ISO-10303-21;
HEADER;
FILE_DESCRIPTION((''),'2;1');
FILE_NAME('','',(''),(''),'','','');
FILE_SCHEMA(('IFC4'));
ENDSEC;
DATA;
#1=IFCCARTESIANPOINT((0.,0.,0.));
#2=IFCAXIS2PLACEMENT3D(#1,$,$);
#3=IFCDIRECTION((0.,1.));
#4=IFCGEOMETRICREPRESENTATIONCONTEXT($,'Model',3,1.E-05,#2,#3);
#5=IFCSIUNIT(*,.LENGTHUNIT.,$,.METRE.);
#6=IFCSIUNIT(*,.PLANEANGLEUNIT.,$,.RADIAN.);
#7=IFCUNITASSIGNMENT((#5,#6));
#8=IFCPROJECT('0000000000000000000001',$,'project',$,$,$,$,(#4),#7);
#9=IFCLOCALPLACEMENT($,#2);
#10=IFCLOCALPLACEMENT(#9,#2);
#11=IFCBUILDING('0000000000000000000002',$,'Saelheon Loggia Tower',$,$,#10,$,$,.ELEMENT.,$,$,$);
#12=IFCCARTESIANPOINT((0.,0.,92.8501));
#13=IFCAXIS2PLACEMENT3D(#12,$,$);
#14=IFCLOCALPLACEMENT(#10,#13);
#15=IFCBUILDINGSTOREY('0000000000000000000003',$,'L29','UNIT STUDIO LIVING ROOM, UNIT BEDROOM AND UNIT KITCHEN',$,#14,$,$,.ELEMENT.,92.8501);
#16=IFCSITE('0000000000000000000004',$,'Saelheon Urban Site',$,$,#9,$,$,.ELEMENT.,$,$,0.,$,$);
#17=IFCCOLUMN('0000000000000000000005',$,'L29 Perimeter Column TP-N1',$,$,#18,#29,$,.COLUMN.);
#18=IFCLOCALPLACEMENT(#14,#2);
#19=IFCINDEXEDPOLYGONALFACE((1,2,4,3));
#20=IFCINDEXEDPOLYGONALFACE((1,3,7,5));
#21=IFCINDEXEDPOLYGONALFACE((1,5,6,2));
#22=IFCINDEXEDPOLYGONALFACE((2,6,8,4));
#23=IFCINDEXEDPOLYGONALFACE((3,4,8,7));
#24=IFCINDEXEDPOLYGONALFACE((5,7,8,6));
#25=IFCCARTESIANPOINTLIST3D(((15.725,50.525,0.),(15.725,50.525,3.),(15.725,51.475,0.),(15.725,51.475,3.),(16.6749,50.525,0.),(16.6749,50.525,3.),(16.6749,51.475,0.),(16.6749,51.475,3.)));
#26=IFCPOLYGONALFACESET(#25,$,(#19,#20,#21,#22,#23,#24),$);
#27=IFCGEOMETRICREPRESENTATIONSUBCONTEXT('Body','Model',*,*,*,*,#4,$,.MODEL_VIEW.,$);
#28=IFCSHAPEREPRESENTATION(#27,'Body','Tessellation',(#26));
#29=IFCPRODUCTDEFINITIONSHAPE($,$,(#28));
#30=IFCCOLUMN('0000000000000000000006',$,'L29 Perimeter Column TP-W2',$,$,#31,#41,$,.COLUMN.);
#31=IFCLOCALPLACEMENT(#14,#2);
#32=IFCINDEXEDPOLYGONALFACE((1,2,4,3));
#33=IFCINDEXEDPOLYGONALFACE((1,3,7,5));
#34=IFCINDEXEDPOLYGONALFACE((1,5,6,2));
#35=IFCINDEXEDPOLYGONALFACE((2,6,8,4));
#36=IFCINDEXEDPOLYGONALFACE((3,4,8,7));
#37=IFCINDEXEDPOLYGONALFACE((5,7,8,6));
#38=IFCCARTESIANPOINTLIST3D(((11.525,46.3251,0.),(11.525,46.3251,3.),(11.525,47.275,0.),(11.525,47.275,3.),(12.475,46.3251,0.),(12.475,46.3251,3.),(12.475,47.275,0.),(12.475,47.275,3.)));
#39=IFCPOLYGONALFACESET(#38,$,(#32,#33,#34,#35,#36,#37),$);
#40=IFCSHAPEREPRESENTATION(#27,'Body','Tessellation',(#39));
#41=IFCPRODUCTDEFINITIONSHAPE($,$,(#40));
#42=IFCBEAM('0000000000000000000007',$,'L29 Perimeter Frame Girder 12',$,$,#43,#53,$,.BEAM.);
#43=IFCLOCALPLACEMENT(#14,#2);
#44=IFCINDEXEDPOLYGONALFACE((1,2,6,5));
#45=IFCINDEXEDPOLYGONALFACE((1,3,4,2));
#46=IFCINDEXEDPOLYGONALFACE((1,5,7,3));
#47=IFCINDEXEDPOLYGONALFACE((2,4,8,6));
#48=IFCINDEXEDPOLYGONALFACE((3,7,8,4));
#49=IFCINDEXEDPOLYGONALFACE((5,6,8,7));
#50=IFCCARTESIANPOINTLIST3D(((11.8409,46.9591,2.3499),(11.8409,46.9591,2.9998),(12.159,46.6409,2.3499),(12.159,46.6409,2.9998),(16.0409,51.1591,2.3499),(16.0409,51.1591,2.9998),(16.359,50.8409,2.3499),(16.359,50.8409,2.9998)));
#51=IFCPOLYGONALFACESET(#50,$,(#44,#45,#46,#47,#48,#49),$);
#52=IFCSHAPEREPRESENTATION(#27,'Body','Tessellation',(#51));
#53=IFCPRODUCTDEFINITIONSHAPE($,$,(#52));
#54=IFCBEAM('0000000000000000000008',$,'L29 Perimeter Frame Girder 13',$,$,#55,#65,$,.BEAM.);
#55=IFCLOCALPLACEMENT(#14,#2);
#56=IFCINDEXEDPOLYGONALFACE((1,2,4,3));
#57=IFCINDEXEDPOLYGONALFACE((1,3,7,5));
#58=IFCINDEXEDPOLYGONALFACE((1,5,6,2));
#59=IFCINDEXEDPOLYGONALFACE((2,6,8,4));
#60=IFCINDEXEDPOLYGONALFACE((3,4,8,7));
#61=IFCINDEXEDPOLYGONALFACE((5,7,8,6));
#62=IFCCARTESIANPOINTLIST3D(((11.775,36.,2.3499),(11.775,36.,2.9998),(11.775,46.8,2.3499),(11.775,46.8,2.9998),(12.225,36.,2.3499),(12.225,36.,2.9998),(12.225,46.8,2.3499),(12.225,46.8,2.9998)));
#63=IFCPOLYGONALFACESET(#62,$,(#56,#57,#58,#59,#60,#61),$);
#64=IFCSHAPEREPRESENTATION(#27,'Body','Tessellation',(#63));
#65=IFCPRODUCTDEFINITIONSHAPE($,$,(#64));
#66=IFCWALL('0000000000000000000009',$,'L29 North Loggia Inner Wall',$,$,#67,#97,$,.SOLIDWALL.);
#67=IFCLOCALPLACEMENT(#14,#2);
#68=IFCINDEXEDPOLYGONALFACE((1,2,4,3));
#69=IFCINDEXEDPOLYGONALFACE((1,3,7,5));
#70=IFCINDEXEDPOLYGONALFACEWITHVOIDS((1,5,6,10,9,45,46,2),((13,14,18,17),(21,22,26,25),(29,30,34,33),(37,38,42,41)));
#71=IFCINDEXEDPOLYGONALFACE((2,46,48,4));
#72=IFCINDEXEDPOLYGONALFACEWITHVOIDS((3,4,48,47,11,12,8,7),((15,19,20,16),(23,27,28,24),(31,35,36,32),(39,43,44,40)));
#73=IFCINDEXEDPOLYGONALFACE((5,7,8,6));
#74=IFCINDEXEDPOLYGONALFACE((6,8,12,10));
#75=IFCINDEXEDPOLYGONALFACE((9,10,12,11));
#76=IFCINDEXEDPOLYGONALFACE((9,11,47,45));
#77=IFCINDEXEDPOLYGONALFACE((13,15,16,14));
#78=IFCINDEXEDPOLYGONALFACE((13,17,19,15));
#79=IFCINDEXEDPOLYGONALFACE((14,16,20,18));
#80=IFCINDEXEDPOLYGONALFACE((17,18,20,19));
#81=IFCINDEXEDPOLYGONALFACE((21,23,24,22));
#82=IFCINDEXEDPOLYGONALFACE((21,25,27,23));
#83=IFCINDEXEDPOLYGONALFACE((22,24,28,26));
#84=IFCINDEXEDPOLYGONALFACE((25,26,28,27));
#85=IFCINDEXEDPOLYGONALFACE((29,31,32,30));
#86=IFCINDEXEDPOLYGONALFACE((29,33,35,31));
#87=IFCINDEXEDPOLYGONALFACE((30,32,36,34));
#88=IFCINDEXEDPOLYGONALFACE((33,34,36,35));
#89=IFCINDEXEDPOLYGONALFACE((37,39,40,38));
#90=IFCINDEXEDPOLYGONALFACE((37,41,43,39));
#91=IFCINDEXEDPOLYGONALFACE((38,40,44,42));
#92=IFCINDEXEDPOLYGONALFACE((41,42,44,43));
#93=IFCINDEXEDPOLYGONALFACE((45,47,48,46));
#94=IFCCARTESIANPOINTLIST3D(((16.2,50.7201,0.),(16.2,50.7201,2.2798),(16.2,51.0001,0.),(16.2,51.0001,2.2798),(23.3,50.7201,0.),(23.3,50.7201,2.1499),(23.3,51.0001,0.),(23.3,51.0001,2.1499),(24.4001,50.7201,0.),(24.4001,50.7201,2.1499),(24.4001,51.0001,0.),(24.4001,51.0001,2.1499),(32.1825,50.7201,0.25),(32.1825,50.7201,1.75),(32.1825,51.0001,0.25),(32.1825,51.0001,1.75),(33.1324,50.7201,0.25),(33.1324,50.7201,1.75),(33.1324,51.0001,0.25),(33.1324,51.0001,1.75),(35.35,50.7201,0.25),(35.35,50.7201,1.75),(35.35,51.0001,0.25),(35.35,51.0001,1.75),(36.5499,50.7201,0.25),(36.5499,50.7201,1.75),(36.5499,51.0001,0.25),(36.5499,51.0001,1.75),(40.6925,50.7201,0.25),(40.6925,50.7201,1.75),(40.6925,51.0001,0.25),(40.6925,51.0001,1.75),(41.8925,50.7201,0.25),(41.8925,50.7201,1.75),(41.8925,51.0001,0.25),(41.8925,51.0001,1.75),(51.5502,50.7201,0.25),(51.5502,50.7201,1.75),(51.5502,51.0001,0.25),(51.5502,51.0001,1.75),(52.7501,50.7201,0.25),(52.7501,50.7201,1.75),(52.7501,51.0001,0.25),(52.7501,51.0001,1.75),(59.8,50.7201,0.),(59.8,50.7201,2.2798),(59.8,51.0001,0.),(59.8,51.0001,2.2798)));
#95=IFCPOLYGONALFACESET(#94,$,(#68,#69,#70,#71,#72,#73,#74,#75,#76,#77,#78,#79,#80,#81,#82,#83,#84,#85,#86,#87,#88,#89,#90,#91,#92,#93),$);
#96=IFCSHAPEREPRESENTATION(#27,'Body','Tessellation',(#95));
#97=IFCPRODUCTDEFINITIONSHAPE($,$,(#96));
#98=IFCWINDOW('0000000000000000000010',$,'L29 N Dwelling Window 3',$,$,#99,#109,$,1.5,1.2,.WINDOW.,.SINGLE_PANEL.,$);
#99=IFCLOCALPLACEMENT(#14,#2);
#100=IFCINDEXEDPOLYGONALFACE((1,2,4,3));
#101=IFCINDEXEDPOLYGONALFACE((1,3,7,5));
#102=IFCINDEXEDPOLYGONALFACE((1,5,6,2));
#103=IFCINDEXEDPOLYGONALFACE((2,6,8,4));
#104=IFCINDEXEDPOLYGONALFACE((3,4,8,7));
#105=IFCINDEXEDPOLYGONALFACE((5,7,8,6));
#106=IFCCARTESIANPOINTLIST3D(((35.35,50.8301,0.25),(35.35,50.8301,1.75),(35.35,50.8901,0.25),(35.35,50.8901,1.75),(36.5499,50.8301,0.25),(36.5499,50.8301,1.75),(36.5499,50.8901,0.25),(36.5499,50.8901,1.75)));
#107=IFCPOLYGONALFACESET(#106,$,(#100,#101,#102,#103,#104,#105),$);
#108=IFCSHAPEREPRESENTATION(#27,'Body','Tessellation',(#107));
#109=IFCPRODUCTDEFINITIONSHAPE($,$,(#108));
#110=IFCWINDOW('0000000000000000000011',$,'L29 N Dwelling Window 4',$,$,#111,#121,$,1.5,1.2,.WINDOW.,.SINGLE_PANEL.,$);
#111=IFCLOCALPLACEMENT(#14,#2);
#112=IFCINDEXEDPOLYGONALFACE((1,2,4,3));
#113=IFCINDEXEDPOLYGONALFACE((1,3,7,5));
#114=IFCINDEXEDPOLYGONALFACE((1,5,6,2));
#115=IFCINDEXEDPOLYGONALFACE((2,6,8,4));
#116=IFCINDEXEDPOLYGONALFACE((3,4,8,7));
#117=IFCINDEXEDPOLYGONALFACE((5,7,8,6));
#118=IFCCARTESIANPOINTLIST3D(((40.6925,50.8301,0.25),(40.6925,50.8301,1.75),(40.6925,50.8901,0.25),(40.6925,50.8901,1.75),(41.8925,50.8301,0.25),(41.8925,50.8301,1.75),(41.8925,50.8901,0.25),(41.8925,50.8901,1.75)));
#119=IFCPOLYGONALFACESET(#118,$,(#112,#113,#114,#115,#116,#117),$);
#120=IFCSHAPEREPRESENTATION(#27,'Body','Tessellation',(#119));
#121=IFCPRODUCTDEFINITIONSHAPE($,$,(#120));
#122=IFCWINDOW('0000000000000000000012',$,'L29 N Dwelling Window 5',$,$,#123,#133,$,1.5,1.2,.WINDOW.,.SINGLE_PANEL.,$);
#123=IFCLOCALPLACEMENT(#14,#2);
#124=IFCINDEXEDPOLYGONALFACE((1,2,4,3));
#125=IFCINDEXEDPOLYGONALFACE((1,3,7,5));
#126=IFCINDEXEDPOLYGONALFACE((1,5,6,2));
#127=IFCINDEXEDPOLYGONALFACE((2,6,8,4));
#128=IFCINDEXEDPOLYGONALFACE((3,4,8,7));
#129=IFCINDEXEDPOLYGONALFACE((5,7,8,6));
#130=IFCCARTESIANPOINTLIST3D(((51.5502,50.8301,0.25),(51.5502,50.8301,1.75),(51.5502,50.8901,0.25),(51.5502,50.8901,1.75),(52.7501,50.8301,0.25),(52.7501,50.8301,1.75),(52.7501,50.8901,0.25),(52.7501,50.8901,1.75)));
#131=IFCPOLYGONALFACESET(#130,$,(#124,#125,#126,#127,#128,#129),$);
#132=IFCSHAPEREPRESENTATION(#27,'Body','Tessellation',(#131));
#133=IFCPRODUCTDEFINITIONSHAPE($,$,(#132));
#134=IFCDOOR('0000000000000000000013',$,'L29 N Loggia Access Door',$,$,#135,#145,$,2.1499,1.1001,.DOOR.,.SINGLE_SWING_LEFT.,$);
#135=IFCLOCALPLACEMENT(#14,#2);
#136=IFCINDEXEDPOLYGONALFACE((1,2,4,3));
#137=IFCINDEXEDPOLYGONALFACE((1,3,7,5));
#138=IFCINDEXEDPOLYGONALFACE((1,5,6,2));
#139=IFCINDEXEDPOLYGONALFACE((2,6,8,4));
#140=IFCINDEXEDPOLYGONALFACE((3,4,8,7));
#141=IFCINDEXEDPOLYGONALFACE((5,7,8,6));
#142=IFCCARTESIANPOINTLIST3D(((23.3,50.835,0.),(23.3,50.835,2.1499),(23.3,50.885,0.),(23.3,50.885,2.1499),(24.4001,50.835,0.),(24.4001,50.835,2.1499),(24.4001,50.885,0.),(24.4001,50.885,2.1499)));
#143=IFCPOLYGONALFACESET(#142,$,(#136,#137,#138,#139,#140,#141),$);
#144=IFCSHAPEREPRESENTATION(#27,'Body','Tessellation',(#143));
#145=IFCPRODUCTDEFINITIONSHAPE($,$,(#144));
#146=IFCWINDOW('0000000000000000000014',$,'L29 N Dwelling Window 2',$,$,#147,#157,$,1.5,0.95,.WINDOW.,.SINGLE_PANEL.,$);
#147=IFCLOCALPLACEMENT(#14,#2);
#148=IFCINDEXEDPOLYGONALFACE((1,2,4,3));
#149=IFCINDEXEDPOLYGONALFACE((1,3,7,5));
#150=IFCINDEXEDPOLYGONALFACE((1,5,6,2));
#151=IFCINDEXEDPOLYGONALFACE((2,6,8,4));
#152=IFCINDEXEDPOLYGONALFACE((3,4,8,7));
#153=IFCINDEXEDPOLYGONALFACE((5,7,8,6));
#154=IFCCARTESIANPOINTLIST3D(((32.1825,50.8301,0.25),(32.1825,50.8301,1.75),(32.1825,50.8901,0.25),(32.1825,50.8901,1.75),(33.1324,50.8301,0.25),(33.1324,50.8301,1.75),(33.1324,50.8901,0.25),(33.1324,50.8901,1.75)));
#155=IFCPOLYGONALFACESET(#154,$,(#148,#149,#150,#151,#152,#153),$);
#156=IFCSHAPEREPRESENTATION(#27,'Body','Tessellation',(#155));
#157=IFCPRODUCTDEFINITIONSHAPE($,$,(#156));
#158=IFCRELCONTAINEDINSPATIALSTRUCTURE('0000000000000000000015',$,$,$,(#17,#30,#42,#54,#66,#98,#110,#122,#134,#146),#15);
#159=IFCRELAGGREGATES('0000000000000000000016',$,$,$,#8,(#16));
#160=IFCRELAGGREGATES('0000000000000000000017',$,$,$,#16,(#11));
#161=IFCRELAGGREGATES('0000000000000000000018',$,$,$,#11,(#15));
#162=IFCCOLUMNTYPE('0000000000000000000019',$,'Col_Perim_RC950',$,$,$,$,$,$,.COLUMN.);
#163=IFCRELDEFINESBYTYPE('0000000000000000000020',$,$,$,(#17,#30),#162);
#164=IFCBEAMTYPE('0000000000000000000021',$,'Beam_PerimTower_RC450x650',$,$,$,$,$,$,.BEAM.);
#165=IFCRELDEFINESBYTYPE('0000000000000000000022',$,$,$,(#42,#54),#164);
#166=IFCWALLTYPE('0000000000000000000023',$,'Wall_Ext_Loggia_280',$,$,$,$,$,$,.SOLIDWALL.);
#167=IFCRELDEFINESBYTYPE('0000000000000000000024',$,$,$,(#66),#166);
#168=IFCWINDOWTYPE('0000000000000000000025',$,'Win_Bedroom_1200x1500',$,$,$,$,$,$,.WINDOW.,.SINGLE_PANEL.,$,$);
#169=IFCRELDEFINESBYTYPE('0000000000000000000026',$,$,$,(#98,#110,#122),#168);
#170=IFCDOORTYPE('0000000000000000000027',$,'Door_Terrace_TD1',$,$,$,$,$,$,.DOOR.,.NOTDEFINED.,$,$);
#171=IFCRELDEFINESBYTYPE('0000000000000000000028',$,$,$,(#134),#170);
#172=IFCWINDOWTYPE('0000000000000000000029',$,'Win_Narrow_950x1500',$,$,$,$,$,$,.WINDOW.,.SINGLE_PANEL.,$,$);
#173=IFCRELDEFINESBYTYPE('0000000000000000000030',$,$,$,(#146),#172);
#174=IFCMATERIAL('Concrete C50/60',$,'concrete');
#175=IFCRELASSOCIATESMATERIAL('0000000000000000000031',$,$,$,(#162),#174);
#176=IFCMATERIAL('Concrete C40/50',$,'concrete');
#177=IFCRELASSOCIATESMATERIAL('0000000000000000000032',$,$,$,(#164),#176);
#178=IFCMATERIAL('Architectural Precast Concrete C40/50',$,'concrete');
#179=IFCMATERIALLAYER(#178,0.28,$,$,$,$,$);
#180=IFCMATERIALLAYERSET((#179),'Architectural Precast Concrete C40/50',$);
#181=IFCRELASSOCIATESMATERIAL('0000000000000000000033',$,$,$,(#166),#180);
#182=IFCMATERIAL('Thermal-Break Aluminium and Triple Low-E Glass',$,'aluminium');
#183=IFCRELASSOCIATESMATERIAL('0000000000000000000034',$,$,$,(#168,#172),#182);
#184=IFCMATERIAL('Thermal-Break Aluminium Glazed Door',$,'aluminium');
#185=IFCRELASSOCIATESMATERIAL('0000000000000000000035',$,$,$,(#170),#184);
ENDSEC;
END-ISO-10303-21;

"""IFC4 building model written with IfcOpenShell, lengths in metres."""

from ifc_helpers import new_model, si_unit, direction, frame, frame_2d, origin, origin_2d, place, context, subcontext, project, spatial, rectangle, extrude, source, transform, mapped, material, layer, layer_set, material_profile, profile_set, type_object, element, fill, save


model = new_model("IFC4")

# Units and contexts
model_context = context("Model", 3, precision=1e-05, world=origin(), true_north=direction((0.0, 1.0)))
body_context = subcontext(model_context, "Body", "Model", "MODEL_VIEW")
ifc_project = project(units=[si_unit("LENGTHUNIT", "METRE"), si_unit("PLANEANGLEUNIT", "RADIAN")], contexts=[model_context])

# Site, building, storey
site_placement = place(None, origin())
site = spatial("IfcSite", under=ifc_project, at=site_placement, Name="Saelheon Urban Site", CompositionType="ELEMENT", RefElevation=0.0)
building_placement = place(site_placement, origin())
building = spatial("IfcBuilding", under=site, at=building_placement, Name="Saelheon Loggia Tower", CompositionType="ELEMENT")
storey_placement = place(building_placement, frame((0.0, 0.0, 92.8501)))
storey = spatial("IfcBuildingStorey", under=building, at=storey_placement, Name="L29", Description="UNIT STUDIO LIVING ROOM, UNIT BEDROOM AND UNIT KITCHEN", CompositionType="ELEMENT", Elevation=92.8501)

# Columns
ifc_material_1 = material(Name="Concrete C50/60", Category="concrete")
ifc_material_profile_1 = material_profile(ifc_material_1, rectangle(XDim=0.95, YDim=0.95, at=origin_2d()), Name="RC-950x950")
ifc_profile_set_1 = profile_set([ifc_material_profile_1], Name="Concrete C50/60")
column_type = type_object("IfcColumnType", Name="Col_Perim_RC950", PredefinedType="COLUMN", material=ifc_profile_set_1)
shared_shape_1 = source(origin(), body_context, "Body", "SweptSolid", [
    extrude(rectangle(XDim=0.95, YDim=0.95, at=origin_2d()), origin(), (0.0, 0.0, 1.0), 3.0),
])
for number, where, z_axis, x_axis, name in (
    (1, (16.2, 51.0, 0.0), (0.0, 0.0, 1.0), (1.0, 0.0, 0.0), "L29 Perimeter Column TP-N1"),
    (2, (12.0, 46.8, 0.0), (0.0, 0.0, 1.0), (1.0, 0.0, 0.0), "L29 Perimeter Column TP-W2"),
):
    element("IfcColumn", number, at=place(storey_placement, frame(where, z_axis=z_axis, x_axis=x_axis)), inside=storey, type_object=column_type, Name=name, PredefinedType="COLUMN", context=body_context, shape_type="MappedRepresentation", body=[
        mapped(shared_shape_1, transform((0.0, 0.0, 0.0), scale=1.0)),
    ])

# Beams
ifc_material_2 = material(Name="Concrete C40/50", Category="concrete")
ifc_material_profile_2 = material_profile(ifc_material_2, rectangle(XDim=0.45, YDim=0.6499, at=origin_2d()), Name="RC-450x650")
ifc_profile_set_2 = profile_set([ifc_material_profile_2], Name="Concrete C40/50")
beam_type = type_object("IfcBeamType", Name="Beam_PerimTower_RC450x650", PredefinedType="BEAM", material=ifc_profile_set_2)
shared_shape_2 = source(origin(), body_context, "Body", "SweptSolid", [
    extrude(rectangle(XDim=0.45, YDim=0.6499, at=origin_2d()), origin(), (0.0, 0.0, 1.0), 5.9397),
])
beam_1_placement = place(storey_placement, frame((16.2, 51.0, 2.6748), z_axis=(-0.707107, -0.707107, 0.0), x_axis=(0.707107, -0.707107, 0.0)))
element("IfcBeam", 3, at=beam_1_placement, inside=storey, type_object=beam_type, Name="L29 Perimeter Frame Girder 12", PredefinedType="BEAM", context=body_context, shape_type="MappedRepresentation", body=[
    mapped(shared_shape_2, transform((0.0, 0.0, 0.0), scale=1.0)),
])
shared_shape_3 = source(origin(), body_context, "Body", "SweptSolid", [
    extrude(rectangle(XDim=0.45, YDim=0.6499, at=origin_2d()), origin(), (0.0, 0.0, 1.0), 10.8),
])
beam_2_placement = place(storey_placement, frame((12.0, 46.8, 2.6748), z_axis=(0.0, -1.0, 0.0), x_axis=(1.0, 0.0, 0.0)))
element("IfcBeam", 4, at=beam_2_placement, inside=storey, type_object=beam_type, Name="L29 Perimeter Frame Girder 13", PredefinedType="BEAM", context=body_context, shape_type="MappedRepresentation", body=[
    mapped(shared_shape_3, transform((0.0, 0.0, 0.0), scale=1.0)),
])

# Wall, openings, windows, door
ifc_material_3 = material(Name="Architectural Precast Concrete C40/50", Category="concrete")
ifc_layer_1 = layer(ifc_material_3, 0.28)
ifc_layer_set_1 = layer_set([ifc_layer_1], Name="Architectural Precast Concrete C40/50")
wall_type_1 = type_object("IfcWallType", Name="Wall_Ext_Loggia_280", PredefinedType="SOLIDWALL", material=ifc_layer_set_1)
wall_1_placement = place(storey_placement, frame((16.2, 50.8601, 0.0), z_axis=(0.0, 0.0, 1.0), x_axis=(1.0, 0.0, 0.0)))
wall_1 = element("IfcWall", 5, at=wall_1_placement, inside=storey, type_object=wall_type_1, Name="L29 North Loggia Inner Wall", PredefinedType="SOLIDWALL", context=body_context, shape_type="SweptSolid", body=[
    extrude(rectangle(XDim=43.6001, YDim=0.28, at=frame_2d((21.8, 0.0))), origin(), (0.0, 0.0, 1.0), 2.2798),
])
opening_1_placement = place(wall_1_placement, frame((7.1001, 0.0, 0.0)))
opening_1 = element("IfcOpeningElement", 6, at=opening_1_placement, cuts=wall_1, PredefinedType="OPENING", context=body_context, shape_type="SweptSolid", body=[
    extrude(rectangle(XDim=1.1001, YDim=2.1499, at=frame_2d((0.55, 1.075))), frame((0.0, 0.1521, 0.0), z_axis=(0.0, -1.0, 0.0), x_axis=(1.0, 0.0, 0.0)), (0.0, 0.0, 1.0), 0.304),
])
opening_2_placement = place(wall_1_placement, frame((15.9824, 0.0, 0.25)))
opening_2 = element("IfcOpeningElement", 7, at=opening_2_placement, cuts=wall_1, PredefinedType="OPENING", context=body_context, shape_type="SweptSolid", body=[
    extrude(rectangle(XDim=0.95, YDim=1.5, at=frame_2d((0.4751, 0.75))), frame((0.0, 0.1521, 0.0), z_axis=(0.0, -1.0, 0.0), x_axis=(1.0, 0.0, 0.0)), (0.0, 0.0, 1.0), 0.304),
])
opening_3_placement = place(wall_1_placement, frame((19.1499, 0.0, 0.25)))
opening_3 = element("IfcOpeningElement", 8, at=opening_3_placement, cuts=wall_1, PredefinedType="OPENING", context=body_context, shape_type="SweptSolid", body=[
    extrude(rectangle(XDim=1.2, YDim=1.5, at=frame_2d((0.6001, 0.75))), frame((0.0, 0.1521, 0.0), z_axis=(0.0, -1.0, 0.0), x_axis=(1.0, 0.0, 0.0)), (0.0, 0.0, 1.0), 0.304),
])
opening_4_placement = place(wall_1_placement, frame((24.4924, 0.0, 0.25)))
opening_4 = element("IfcOpeningElement", 9, at=opening_4_placement, cuts=wall_1, PredefinedType="OPENING", context=body_context, shape_type="SweptSolid", body=[
    extrude(rectangle(XDim=1.2, YDim=1.5, at=frame_2d((0.6001, 0.75))), frame((0.0, 0.1521, 0.0), z_axis=(0.0, -1.0, 0.0), x_axis=(1.0, 0.0, 0.0)), (0.0, 0.0, 1.0), 0.304),
])
opening_5_placement = place(wall_1_placement, frame((35.3501, 0.0, 0.25)))
opening_5 = element("IfcOpeningElement", 10, at=opening_5_placement, cuts=wall_1, PredefinedType="OPENING", context=body_context, shape_type="SweptSolid", body=[
    extrude(rectangle(XDim=1.2, YDim=1.5, at=frame_2d((0.6001, 0.75))), frame((0.0, 0.1521, 0.0), z_axis=(0.0, -1.0, 0.0), x_axis=(1.0, 0.0, 0.0)), (0.0, 0.0, 1.0), 0.304),
])
ifc_material_4 = material(Name="Thermal-Break Aluminium and Triple Low-E Glass", Category="aluminium")
window_type_1 = type_object("IfcWindowType", Name="Win_Bedroom_1200x1500", PartitioningType="SINGLE_PANEL", PredefinedType="WINDOW", material=ifc_material_4)
shared_shape_4 = source(origin(), body_context, "Body", "SweptSolid", [
    extrude(rectangle(XDim=1.2, YDim=1.5, at=frame_2d((0.6001, 0.75))), frame((0.0, 0.03, 0.0), z_axis=(0.0, -1.0, 0.0), x_axis=(1.0, 0.0, 0.0)), (0.0, 0.0, 1.0), 0.0601),
])
window_1_placement = place(opening_3_placement, origin())
window_1 = element("IfcWindow", 11, at=window_1_placement, inside=storey, type_object=window_type_1, Name="L29 N Dwelling Window 3", OverallHeight=1.5, OverallWidth=1.2, PartitioningType="SINGLE_PANEL", PredefinedType="WINDOW", context=body_context, shape_type="MappedRepresentation", body=[
    mapped(shared_shape_4, transform((0.0, 0.0, 0.0), scale=1.0)),
])
fill(opening_3, window_1)
window_2_placement = place(opening_4_placement, origin())
window_2 = element("IfcWindow", 12, at=window_2_placement, inside=storey, type_object=window_type_1, Name="L29 N Dwelling Window 4", OverallHeight=1.5, OverallWidth=1.2, PartitioningType="SINGLE_PANEL", PredefinedType="WINDOW", context=body_context, shape_type="MappedRepresentation", body=[
    mapped(shared_shape_4, transform((0.0, 0.0, 0.0), scale=1.0)),
])
fill(opening_4, window_2)
window_3_placement = place(opening_5_placement, origin())
window_3 = element("IfcWindow", 13, at=window_3_placement, inside=storey, type_object=window_type_1, Name="L29 N Dwelling Window 5", OverallHeight=1.5, OverallWidth=1.2, PartitioningType="SINGLE_PANEL", PredefinedType="WINDOW", context=body_context, shape_type="MappedRepresentation", body=[
    mapped(shared_shape_4, transform((0.0, 0.0, 0.0), scale=1.0)),
])
fill(opening_5, window_3)
ifc_material_5 = material(Name="Thermal-Break Aluminium Glazed Door", Category="aluminium")
door_type_1 = type_object("IfcDoorType", Name="Door_Terrace_TD1", OperationType="NOTDEFINED", PredefinedType="DOOR", material=ifc_material_5)
shared_shape_5 = source(origin(), body_context, "Body", "SweptSolid", [
    extrude(rectangle(XDim=1.1001, YDim=2.1499, at=frame_2d((0.55, 1.075))), frame((0.0, 0.0249, 0.0), z_axis=(0.0, -1.0, 0.0), x_axis=(1.0, 0.0, 0.0)), (0.0, 0.0, 1.0), 0.05),
])
door_1_placement = place(opening_1_placement, origin())
door_1 = element("IfcDoor", 14, at=door_1_placement, inside=storey, type_object=door_type_1, Name="L29 N Loggia Access Door", OperationType="SINGLE_SWING_LEFT", OverallHeight=2.1499, OverallWidth=1.1001, PredefinedType="DOOR", context=body_context, shape_type="MappedRepresentation", body=[
    mapped(shared_shape_5, transform((0.0, 0.0, 0.0), scale=1.0)),
])
fill(opening_1, door_1)
window_type_2 = type_object("IfcWindowType", Name="Win_Narrow_950x1500", PartitioningType="SINGLE_PANEL", PredefinedType="WINDOW", material=ifc_material_4)
shared_shape_6 = source(origin(), body_context, "Body", "SweptSolid", [
    extrude(rectangle(XDim=0.95, YDim=1.5, at=frame_2d((0.4751, 0.75))), frame((0.0, 0.03, 0.0), z_axis=(0.0, -1.0, 0.0), x_axis=(1.0, 0.0, 0.0)), (0.0, 0.0, 1.0), 0.0601),
])
window_4_placement = place(opening_2_placement, origin())
window_4 = element("IfcWindow", 15, at=window_4_placement, inside=storey, type_object=window_type_2, Name="L29 N Dwelling Window 2", OverallHeight=1.5, OverallWidth=0.95, PartitioningType="SINGLE_PANEL", PredefinedType="WINDOW", context=body_context, shape_type="MappedRepresentation", body=[
    mapped(shared_shape_6, transform((0.0, 0.0, 0.0), scale=1.0)),
])
fill(opening_2, window_4)

save(model, "model.ifc")
